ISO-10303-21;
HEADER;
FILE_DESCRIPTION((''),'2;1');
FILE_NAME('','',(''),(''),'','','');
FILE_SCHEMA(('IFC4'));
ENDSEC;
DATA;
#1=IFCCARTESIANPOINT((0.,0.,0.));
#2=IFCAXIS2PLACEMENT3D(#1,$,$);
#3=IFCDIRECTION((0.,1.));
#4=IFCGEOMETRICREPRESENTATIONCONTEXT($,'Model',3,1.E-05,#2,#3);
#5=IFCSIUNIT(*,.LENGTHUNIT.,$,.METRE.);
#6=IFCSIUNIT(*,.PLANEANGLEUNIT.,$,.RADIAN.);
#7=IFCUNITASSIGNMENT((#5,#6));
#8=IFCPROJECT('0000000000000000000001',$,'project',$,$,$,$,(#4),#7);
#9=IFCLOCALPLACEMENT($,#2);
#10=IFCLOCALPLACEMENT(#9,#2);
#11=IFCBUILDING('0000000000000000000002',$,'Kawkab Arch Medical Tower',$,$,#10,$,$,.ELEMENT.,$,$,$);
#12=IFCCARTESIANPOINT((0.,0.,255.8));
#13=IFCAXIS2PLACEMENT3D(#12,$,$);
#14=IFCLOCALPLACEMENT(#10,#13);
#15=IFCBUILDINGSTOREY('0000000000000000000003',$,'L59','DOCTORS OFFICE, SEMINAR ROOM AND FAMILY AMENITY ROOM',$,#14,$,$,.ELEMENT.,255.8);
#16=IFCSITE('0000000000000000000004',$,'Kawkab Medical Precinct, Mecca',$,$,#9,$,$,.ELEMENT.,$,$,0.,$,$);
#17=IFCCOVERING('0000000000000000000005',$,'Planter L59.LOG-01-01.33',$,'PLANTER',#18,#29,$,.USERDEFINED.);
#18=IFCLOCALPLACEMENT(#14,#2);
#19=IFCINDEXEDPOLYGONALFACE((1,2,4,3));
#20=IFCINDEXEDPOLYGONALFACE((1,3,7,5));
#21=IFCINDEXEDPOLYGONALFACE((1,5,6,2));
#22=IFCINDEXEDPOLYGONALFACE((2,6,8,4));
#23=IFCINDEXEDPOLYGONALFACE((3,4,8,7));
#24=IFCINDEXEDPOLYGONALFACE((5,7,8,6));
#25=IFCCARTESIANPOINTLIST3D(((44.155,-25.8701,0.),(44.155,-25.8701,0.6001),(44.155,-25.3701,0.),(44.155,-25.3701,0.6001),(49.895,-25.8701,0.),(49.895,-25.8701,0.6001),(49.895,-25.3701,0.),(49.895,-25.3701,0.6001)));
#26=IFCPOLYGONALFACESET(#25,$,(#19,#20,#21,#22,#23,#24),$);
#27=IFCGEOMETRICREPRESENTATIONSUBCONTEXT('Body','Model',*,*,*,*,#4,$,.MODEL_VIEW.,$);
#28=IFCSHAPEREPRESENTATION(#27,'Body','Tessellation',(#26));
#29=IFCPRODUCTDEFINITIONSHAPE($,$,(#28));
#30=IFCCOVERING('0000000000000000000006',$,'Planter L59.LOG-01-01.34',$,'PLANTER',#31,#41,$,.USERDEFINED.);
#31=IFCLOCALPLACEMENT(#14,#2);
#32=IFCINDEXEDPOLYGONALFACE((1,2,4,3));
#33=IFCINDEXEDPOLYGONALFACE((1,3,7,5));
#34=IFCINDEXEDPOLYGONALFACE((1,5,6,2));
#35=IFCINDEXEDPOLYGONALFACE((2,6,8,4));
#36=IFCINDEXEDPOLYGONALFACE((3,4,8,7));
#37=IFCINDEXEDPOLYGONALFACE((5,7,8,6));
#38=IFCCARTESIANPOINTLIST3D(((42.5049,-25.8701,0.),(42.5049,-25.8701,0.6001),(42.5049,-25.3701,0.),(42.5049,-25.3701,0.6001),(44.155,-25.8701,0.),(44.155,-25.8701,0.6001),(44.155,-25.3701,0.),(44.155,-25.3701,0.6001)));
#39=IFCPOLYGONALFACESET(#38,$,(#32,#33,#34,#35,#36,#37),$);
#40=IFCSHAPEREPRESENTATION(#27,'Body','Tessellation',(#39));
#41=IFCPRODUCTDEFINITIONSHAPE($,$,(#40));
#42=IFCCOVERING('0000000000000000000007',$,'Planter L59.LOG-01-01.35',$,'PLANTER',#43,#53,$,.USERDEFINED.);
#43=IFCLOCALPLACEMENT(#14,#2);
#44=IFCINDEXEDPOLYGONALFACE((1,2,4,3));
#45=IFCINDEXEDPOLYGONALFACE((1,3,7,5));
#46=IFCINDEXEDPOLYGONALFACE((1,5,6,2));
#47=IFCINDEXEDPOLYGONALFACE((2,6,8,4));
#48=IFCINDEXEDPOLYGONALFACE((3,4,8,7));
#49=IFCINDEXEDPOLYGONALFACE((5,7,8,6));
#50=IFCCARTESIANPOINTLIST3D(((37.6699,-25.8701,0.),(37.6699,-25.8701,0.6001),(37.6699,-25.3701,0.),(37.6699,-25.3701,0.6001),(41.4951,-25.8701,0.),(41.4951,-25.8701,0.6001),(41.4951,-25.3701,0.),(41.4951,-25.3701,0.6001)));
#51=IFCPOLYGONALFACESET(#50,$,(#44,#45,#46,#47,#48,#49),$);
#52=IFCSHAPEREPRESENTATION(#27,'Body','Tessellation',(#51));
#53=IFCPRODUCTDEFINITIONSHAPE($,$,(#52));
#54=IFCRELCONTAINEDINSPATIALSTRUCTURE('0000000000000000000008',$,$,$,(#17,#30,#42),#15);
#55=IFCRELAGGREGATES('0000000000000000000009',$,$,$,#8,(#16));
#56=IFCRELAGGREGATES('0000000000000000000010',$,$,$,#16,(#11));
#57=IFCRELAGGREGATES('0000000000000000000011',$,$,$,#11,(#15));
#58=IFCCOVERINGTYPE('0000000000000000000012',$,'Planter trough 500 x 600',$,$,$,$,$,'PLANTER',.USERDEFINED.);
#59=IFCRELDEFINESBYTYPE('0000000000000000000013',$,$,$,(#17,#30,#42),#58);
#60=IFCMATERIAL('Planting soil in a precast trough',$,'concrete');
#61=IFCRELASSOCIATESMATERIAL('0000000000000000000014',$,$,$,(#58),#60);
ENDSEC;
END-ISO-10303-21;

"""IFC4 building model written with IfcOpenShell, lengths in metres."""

from ifc_helpers import new_model, si_unit, direction, frame, origin, origin_2d, place, context, subcontext, project, spatial, rectangle, extrude, material, material_profile, profile_set, type_object, element, save


model = new_model("IFC4")

# Units and contexts
model_context = context("Model", 3, precision=1e-05, world=origin(), true_north=direction((0.0, 1.0)))
body_context = subcontext(model_context, "Body", "Model", "MODEL_VIEW")
ifc_project = project(units=[si_unit("LENGTHUNIT", "METRE"), si_unit("PLANEANGLEUNIT", "RADIAN")], contexts=[model_context])

# Site, building, storey
site_placement = place(None, origin())
site = spatial("IfcSite", under=ifc_project, at=site_placement, Name="Kawkab Medical Precinct, Mecca", CompositionType="ELEMENT", RefElevation=0.0)
building_placement = place(site_placement, origin())
building = spatial("IfcBuilding", under=site, at=building_placement, Name="Kawkab Arch Medical Tower", CompositionType="ELEMENT")
storey_placement = place(building_placement, frame((0.0, 0.0, 255.8)))
storey = spatial("IfcBuildingStorey", under=building, at=storey_placement, Name="L59", Description="DOCTORS OFFICE, SEMINAR ROOM AND FAMILY AMENITY ROOM", CompositionType="ELEMENT", Elevation=255.8)

# Coverings
ifc_material_1 = material(Name="Planting soil in a precast trough", Category="concrete")
ifc_material_profile_1 = material_profile(ifc_material_1, rectangle(XDim=0.5, YDim=0.6001, at=origin_2d()), Name="Trough 500x600")
ifc_profile_set_1 = profile_set([ifc_material_profile_1], Name="Planting soil in a precast trough")
covering_type_1 = type_object("IfcCoveringType", Name="Planter trough 500 x 600", ElementType="PLANTER", PredefinedType="USERDEFINED", material=ifc_profile_set_1)
covering_1_placement = place(storey_placement, frame((49.895, -25.6201, 0.3), z_axis=(-1.0, 0.0, 0.0), x_axis=(0.0, -1.0, 0.0)))
element("IfcCovering", 1, at=covering_1_placement, inside=storey, type_object=covering_type_1, Name="Planter L59.LOG-01-01.33", ObjectType="PLANTER", PredefinedType="USERDEFINED", context=body_context, shape_type="SweptSolid", body=[
    extrude(rectangle(XDim=0.5, YDim=0.6001, at=origin_2d()), origin(), (0.0, 0.0, 1.0), 5.74),
])
covering_2_placement = place(storey_placement, frame((44.155, -25.6201, 0.3), z_axis=(-1.0, 0.0, 0.0), x_axis=(0.0, -1.0, 0.0)))
element("IfcCovering", 2, at=covering_2_placement, inside=storey, type_object=covering_type_1, Name="Planter L59.LOG-01-01.34", ObjectType="PLANTER", PredefinedType="USERDEFINED", context=body_context, shape_type="SweptSolid", body=[
    extrude(rectangle(XDim=0.5, YDim=0.6001, at=origin_2d()), origin(), (0.0, 0.0, 1.0), 1.6501),
])
covering_3_placement = place(storey_placement, frame((41.4951, -25.6201, 0.3), z_axis=(-1.0, 0.0, 0.0), x_axis=(0.0, -1.0, 0.0)))
element("IfcCovering", 3, at=covering_3_placement, inside=storey, type_object=covering_type_1, Name="Planter L59.LOG-01-01.35", ObjectType="PLANTER", PredefinedType="USERDEFINED", context=body_context, shape_type="SweptSolid", body=[
    extrude(rectangle(XDim=0.5, YDim=0.6001, at=origin_2d()), origin(), (0.0, 0.0, 1.0), 3.8252),
])

save(model, "model.ifc")
